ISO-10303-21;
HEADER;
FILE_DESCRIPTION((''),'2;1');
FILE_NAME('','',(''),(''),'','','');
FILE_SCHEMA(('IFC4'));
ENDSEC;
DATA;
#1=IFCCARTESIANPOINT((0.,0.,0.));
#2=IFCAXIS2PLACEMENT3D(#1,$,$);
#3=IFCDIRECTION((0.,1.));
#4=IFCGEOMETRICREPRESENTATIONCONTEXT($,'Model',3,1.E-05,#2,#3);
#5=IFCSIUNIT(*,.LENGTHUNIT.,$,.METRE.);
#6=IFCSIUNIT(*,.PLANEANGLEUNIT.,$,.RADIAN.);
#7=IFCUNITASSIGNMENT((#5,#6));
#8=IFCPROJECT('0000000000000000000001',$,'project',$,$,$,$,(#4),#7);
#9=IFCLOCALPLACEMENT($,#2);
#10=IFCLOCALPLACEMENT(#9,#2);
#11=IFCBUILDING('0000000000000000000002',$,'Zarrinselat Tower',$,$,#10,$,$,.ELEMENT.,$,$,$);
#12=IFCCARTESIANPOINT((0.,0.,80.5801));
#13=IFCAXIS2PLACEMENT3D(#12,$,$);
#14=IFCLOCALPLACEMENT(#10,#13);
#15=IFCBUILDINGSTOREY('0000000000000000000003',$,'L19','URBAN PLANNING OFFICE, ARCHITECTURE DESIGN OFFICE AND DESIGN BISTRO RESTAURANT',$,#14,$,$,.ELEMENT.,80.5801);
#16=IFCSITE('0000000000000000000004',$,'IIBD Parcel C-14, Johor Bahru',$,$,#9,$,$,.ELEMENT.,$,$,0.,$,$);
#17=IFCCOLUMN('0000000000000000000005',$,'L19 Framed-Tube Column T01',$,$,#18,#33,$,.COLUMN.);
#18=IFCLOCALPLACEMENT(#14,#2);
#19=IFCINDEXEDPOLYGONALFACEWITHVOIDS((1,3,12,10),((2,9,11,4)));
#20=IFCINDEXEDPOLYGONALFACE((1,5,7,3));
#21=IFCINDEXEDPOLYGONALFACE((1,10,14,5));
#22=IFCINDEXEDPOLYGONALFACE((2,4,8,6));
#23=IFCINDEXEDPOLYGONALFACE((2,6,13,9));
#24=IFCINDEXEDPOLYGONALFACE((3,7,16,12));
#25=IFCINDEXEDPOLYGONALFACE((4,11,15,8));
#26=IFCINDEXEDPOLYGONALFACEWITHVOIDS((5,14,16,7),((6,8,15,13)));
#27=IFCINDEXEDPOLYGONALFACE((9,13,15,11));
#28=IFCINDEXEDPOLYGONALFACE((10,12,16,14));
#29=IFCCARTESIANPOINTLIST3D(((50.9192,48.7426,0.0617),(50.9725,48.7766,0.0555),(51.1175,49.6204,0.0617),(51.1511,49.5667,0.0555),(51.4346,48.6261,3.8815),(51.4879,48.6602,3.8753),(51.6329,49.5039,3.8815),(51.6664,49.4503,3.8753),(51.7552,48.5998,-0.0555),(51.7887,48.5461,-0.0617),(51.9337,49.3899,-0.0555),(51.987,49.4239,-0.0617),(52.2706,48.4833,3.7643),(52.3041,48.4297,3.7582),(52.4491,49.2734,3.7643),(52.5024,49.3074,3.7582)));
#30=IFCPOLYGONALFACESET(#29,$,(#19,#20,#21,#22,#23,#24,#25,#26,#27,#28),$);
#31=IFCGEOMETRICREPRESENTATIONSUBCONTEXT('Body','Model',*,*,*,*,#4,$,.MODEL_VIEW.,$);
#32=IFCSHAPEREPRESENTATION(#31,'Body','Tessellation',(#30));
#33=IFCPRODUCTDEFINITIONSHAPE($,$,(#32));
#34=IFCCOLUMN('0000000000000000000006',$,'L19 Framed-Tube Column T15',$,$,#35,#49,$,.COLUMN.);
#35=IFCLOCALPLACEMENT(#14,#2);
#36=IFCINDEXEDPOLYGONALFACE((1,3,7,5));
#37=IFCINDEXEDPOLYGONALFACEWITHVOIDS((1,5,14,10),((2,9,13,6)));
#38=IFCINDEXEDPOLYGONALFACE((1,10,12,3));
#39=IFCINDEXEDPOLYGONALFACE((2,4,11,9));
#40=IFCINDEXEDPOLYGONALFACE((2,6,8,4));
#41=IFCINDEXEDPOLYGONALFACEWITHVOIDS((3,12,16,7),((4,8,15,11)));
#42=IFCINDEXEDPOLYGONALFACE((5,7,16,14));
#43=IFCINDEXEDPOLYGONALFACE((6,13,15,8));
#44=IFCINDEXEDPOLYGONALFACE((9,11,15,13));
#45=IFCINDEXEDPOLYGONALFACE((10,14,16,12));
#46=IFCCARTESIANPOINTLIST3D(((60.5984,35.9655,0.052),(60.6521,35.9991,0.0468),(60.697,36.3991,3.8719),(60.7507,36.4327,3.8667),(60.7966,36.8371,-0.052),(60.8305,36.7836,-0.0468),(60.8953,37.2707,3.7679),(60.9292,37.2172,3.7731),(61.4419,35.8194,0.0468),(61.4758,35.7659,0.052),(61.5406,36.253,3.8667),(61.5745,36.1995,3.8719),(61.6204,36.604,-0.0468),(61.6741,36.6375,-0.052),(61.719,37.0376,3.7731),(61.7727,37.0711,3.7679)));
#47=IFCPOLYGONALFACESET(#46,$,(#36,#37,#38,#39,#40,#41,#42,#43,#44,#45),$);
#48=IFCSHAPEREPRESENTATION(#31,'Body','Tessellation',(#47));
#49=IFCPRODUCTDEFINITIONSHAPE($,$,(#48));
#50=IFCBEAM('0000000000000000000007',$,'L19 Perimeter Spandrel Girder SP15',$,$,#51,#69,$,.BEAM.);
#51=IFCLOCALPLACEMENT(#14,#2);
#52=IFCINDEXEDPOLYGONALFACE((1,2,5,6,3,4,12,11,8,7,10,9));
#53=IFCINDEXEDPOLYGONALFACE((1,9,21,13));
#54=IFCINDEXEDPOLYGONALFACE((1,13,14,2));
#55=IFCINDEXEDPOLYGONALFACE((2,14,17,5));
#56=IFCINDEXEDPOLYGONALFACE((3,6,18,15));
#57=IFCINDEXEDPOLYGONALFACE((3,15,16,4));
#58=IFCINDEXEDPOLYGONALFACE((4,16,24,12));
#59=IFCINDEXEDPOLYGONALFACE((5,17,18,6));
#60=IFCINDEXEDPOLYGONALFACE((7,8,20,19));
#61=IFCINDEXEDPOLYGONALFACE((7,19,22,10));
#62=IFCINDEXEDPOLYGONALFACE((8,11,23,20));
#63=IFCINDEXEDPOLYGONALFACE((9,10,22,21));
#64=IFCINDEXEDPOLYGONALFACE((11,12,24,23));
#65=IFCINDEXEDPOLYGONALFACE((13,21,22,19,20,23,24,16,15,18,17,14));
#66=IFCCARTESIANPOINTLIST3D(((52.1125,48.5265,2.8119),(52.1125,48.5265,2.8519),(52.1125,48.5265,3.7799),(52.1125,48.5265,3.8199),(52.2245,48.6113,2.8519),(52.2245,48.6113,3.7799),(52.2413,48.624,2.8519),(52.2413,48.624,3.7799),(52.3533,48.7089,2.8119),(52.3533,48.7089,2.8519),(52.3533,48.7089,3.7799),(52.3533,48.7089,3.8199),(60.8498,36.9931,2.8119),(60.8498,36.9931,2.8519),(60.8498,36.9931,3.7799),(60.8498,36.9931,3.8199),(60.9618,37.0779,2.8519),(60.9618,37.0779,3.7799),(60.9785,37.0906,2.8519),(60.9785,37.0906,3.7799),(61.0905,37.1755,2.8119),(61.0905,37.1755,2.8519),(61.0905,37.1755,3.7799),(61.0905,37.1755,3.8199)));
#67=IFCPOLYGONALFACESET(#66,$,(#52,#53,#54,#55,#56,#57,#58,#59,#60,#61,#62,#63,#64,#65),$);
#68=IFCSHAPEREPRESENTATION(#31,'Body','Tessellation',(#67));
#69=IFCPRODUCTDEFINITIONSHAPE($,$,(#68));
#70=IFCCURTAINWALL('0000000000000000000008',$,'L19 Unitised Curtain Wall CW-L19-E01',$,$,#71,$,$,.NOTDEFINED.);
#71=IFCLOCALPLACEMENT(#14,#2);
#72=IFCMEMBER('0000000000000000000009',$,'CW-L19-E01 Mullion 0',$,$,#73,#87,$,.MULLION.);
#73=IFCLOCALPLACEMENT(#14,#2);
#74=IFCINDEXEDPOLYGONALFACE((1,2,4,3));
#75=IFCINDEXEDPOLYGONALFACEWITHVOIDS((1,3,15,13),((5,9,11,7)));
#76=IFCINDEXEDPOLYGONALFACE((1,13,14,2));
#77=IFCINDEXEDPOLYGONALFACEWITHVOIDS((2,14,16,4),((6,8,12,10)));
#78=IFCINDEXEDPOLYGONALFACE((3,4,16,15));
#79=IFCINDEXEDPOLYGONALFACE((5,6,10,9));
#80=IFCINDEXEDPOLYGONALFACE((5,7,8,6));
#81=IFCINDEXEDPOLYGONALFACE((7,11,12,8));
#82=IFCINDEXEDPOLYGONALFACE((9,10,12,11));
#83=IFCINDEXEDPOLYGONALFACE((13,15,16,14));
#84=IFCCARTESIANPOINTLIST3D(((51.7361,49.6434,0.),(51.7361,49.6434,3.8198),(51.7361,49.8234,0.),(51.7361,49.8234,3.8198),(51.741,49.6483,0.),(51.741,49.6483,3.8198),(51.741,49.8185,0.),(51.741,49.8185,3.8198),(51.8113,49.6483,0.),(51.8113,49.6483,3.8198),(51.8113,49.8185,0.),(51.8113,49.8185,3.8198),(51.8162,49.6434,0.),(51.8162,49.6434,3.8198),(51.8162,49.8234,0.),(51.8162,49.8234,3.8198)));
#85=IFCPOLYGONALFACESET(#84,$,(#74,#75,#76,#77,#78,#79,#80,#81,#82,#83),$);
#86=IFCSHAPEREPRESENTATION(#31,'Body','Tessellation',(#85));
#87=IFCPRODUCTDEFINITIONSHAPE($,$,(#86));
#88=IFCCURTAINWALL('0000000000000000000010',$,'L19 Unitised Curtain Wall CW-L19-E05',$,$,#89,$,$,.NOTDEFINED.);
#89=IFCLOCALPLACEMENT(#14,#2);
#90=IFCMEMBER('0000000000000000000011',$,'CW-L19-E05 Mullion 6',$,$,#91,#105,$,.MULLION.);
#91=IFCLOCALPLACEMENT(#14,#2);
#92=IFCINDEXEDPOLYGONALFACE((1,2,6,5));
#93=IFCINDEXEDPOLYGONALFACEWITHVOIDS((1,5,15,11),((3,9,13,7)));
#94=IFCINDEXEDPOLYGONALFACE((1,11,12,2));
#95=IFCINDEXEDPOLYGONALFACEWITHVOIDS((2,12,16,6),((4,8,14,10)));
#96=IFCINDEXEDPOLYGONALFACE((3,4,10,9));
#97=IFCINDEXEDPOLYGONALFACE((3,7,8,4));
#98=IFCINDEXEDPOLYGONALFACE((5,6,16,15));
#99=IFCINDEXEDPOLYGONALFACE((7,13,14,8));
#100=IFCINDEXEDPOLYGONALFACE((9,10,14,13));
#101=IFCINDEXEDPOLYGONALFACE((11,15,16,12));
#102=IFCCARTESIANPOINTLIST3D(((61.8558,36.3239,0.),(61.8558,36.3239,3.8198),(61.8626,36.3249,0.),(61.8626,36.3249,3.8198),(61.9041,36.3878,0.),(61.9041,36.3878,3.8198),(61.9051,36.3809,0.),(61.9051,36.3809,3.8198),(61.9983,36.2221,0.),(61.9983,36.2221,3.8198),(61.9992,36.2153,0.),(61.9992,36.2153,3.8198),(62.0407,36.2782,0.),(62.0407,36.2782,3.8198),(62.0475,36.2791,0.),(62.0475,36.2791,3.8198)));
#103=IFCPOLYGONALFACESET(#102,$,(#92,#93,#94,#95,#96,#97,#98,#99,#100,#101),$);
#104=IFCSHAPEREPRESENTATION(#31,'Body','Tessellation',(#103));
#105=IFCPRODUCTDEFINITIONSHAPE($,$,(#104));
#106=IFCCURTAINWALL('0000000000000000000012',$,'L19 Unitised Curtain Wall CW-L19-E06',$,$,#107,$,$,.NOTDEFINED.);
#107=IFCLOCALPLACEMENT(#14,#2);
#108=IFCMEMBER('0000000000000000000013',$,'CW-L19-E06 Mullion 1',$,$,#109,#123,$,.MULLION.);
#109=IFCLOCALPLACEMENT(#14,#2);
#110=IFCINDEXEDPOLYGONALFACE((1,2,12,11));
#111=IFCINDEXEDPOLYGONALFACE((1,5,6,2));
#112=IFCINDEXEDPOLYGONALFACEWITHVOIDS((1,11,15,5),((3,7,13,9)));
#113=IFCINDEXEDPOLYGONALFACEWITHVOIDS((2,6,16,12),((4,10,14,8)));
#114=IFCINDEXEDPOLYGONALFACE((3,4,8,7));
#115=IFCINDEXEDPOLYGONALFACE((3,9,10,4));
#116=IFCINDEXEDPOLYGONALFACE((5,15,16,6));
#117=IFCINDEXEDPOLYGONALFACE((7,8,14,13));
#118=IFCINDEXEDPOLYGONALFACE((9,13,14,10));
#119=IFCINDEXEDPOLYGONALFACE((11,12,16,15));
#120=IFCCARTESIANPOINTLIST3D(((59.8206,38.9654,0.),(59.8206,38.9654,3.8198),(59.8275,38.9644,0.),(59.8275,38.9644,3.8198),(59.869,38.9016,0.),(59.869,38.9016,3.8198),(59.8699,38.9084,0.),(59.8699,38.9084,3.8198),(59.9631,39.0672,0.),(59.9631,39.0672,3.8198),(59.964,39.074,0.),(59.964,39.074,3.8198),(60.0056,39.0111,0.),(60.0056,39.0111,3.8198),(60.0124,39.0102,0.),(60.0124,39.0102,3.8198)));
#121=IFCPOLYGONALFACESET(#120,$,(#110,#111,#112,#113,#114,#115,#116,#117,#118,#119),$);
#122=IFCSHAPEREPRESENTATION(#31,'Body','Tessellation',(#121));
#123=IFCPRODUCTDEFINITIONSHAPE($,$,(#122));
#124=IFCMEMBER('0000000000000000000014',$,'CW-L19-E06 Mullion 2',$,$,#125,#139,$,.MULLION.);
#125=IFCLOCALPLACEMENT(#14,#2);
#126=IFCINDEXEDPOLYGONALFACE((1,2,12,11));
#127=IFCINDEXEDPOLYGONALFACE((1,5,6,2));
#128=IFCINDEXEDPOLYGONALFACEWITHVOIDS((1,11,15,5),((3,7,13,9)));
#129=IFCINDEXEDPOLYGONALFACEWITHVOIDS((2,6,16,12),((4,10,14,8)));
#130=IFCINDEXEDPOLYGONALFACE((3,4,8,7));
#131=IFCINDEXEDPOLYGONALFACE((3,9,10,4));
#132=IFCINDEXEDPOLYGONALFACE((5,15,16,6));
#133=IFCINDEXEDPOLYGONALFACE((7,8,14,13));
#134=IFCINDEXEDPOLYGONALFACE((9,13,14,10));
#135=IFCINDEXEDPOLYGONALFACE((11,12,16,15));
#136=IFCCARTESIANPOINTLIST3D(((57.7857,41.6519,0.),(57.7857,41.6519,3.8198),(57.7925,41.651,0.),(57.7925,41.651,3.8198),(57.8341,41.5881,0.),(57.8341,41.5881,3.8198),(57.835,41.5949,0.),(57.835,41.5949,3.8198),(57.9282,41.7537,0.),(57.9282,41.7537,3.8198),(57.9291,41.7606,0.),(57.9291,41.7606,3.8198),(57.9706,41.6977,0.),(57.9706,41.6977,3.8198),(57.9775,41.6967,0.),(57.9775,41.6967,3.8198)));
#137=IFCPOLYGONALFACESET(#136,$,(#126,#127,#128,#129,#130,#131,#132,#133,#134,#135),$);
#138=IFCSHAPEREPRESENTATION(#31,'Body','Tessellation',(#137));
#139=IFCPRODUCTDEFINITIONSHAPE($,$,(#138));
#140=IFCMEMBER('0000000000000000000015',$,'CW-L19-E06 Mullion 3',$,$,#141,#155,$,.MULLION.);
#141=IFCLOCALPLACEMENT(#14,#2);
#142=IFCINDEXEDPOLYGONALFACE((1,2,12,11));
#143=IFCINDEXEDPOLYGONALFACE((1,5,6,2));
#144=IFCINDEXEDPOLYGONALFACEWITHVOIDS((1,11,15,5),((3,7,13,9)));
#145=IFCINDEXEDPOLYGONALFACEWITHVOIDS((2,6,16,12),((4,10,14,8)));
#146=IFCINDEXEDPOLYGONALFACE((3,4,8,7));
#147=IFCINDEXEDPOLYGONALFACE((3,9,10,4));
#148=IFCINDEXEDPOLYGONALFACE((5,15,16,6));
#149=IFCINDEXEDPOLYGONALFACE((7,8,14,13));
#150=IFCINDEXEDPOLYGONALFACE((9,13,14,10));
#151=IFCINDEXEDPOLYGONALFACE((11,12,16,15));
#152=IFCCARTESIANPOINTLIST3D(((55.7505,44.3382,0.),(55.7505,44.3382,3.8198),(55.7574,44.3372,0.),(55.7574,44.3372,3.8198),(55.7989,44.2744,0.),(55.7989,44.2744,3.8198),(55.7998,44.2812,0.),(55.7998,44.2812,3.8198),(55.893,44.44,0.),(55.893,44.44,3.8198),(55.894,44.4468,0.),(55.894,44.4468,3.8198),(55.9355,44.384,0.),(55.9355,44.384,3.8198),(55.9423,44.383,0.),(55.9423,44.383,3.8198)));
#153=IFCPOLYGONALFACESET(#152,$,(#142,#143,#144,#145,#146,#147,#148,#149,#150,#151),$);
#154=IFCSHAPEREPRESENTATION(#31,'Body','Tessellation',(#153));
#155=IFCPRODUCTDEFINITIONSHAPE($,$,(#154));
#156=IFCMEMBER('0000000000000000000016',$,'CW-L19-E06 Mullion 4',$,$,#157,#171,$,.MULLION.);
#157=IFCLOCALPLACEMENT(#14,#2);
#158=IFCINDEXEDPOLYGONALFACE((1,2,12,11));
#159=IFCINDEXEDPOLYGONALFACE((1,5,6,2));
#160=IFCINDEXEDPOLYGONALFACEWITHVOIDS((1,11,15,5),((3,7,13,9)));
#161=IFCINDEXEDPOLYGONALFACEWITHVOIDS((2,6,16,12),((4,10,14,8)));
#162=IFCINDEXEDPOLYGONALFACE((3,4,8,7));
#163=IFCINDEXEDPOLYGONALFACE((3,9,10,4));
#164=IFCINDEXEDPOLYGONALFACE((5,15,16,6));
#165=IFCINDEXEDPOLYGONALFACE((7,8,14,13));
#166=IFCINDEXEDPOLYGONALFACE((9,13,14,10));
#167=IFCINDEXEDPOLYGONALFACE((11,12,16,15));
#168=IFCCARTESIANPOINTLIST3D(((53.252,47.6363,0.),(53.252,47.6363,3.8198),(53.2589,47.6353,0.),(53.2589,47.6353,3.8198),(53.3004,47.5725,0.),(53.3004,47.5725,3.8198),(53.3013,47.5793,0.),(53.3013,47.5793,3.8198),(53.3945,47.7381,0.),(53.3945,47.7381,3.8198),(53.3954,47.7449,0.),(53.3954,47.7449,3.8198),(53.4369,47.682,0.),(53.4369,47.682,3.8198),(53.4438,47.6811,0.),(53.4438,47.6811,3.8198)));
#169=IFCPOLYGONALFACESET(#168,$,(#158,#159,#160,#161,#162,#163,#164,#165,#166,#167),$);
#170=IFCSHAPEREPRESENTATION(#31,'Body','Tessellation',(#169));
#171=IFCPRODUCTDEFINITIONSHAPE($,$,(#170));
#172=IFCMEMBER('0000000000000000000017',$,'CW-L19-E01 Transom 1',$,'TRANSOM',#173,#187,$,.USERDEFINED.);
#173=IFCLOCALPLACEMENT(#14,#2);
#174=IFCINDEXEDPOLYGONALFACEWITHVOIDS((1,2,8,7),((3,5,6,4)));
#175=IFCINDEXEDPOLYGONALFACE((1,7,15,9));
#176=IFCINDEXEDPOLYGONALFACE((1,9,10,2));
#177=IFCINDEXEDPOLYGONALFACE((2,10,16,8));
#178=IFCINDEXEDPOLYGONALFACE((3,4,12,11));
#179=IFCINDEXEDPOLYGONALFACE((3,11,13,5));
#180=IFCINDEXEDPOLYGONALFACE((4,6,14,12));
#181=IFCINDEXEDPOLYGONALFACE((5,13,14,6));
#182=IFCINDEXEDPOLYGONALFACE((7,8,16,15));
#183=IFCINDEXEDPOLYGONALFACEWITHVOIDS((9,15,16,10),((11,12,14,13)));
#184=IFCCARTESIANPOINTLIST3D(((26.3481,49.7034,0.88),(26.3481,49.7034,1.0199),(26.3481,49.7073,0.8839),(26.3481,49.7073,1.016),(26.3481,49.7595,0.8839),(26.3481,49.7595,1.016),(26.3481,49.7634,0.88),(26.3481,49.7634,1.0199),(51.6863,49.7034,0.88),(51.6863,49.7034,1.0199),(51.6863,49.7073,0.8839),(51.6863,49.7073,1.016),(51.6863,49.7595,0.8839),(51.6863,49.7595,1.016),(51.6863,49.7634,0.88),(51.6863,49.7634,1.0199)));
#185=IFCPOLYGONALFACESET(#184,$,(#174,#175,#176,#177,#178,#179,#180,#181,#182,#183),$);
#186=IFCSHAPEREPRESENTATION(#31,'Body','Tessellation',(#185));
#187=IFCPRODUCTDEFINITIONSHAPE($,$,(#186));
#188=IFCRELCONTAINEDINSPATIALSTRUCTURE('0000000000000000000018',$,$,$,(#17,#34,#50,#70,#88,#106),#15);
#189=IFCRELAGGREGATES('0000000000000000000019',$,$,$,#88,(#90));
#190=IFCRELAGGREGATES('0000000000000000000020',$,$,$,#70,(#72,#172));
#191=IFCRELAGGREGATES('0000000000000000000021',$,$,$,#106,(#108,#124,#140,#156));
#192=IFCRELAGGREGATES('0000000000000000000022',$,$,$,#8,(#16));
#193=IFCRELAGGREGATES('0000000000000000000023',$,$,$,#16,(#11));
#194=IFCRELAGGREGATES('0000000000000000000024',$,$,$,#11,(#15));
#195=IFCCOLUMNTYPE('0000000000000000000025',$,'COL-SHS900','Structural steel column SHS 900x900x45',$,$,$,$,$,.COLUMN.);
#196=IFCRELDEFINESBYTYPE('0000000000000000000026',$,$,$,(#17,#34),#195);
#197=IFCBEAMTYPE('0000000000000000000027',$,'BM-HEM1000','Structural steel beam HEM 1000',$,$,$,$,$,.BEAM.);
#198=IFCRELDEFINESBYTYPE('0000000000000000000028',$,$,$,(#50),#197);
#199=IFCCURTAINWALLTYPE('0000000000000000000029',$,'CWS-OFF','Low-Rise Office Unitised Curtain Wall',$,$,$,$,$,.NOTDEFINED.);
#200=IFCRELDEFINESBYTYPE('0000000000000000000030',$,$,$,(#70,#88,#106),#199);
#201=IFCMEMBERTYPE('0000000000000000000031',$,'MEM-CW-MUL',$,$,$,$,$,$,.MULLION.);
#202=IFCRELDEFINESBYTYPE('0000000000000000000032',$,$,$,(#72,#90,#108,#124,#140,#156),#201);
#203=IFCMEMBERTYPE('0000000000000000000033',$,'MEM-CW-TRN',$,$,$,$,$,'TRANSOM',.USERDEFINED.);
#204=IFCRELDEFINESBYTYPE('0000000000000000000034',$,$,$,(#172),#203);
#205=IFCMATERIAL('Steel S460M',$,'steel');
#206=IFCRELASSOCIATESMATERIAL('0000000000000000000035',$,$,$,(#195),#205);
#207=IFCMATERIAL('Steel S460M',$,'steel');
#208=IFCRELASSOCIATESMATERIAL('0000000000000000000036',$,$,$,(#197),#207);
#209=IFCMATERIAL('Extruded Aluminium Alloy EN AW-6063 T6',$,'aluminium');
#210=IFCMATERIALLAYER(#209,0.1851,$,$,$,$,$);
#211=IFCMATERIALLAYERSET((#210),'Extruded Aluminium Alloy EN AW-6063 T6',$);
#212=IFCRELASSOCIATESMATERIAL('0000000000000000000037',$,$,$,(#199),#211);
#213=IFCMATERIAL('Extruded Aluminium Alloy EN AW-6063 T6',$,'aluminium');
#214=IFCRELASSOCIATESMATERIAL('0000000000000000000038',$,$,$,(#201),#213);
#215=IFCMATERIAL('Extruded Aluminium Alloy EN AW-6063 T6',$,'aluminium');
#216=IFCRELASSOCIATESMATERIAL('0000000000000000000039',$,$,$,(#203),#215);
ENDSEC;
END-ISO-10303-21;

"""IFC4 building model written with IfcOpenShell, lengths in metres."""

from ifc_helpers import new_model, si_unit, direction, frame, origin, origin_2d, place, context, subcontext, project, spatial, hollow_rectangle, i_section, extrude, material, layer, layer_set, material_profile, profile_set, type_object, element, aggregate, save


model = new_model("IFC4")

# Units and contexts
model_context = context("Model", 3, precision=1e-05, world=origin(), true_north=direction((0.0, 1.0)))
body_context = subcontext(model_context, "Body", "Model", "MODEL_VIEW")
ifc_project = project(units=[si_unit("LENGTHUNIT", "METRE"), si_unit("PLANEANGLEUNIT", "RADIAN")], contexts=[model_context])

# Site, building, storey
site_placement = place(None, origin())
site = spatial("IfcSite", under=ifc_project, at=site_placement, Name="IIBD Parcel C-14, Johor Bahru", CompositionType="ELEMENT", RefElevation=0.0)
building_placement = place(site_placement, origin())
building = spatial("IfcBuilding", under=site, at=building_placement, Name="Zarrinselat Tower", CompositionType="ELEMENT")
storey_placement = place(building_placement, frame((0.0, 0.0, 80.5801)))
storey = spatial("IfcBuildingStorey", under=building, at=storey_placement, Name="L19", Description="URBAN PLANNING OFFICE, ARCHITECTURE DESIGN OFFICE AND DESIGN BISTRO RESTAURANT", CompositionType="ELEMENT", Elevation=80.5801)

# Columns
ifc_material_1 = material(Name="Steel S460M", Category="steel")
ifc_material_profile_1 = material_profile(ifc_material_1, hollow_rectangle(XDim=0.8999, YDim=0.8999, WallThickness=0.0449, at=origin_2d()), Name="SHS 900x900x45")
ifc_profile_set_1 = profile_set([ifc_material_profile_1], Name="Steel S460M")
column_type = type_object("IfcColumnType", Name="COL-SHS900", Description="Structural steel column SHS 900x900x45", PredefinedType="COLUMN", material=ifc_profile_set_1)
column_1_placement = place(storey_placement, frame((51.4531, 49.0833, 0.0), z_axis=(0.13365, -0.030199, 0.990568), x_axis=(0.220403, 0.975409, 0.0)))
element("IfcColumn", 1, at=column_1_placement, inside=storey, type_object=column_type, Name="L19 Framed-Tube Column T01", PredefinedType="COLUMN", context=body_context, shape_type="SweptSolid", body=[
    extrude(hollow_rectangle(XDim=0.8999, YDim=0.8999, WallThickness=0.0449, at=origin_2d()), origin(), (0.0, 0.0, 1.0), 3.8562),
])
column_2_placement = place(storey_placement, frame((61.1362, 36.3015, 0.0), z_axis=(0.025648, 0.11275, 0.993292), x_axis=(-0.97509, 0.221811, 0.0)))
element("IfcColumn", 2, at=column_2_placement, inside=storey, type_object=column_type, Name="L19 Framed-Tube Column T15", PredefinedType="COLUMN", context=body_context, shape_type="SweptSolid", body=[
    extrude(hollow_rectangle(XDim=0.8999, YDim=0.8999, WallThickness=0.0449, at=origin_2d()), origin(), (0.0, 0.0, 1.0), 3.8457),
])

# Beam
ifc_material_2 = material(Name="Steel S460M", Category="steel")
ifc_material_profile_2 = material_profile(ifc_material_2, i_section(OverallWidth=0.302, OverallDepth=1.0081, WebThickness=0.021, FlangeThickness=0.04, at=origin_2d()), Name="HEM 1000")
ifc_profile_set_2 = profile_set([ifc_material_profile_2], Name="Steel S460M")
beam_type = type_object("IfcBeamType", Name="BM-HEM1000", Description="Structural steel beam HEM 1000", PredefinedType="BEAM", material=ifc_profile_set_2)
beam_placement = place(storey_placement, frame((52.2329, 48.6177, 3.3159), z_axis=(0.603851, -0.797097, 0.0), x_axis=(0.797097, 0.603851, 0.0)))
element("IfcBeam", 3, at=beam_placement, inside=storey, type_object=beam_type, Name="L19 Perimeter Spandrel Girder SP15", PredefinedType="BEAM", context=body_context, shape_type="SweptSolid", body=[
    extrude(i_section(OverallWidth=0.302, OverallDepth=1.0081, WebThickness=0.021, FlangeThickness=0.04, at=origin_2d()), origin(), (0.0, 0.0, 1.0), 14.4692),
])

# Curtain walls, members
ifc_material_3 = material(Name="Extruded Aluminium Alloy EN AW-6063 T6", Category="aluminium")
ifc_layer_1 = layer(ifc_material_3, 0.1851)
ifc_layer_set_1 = layer_set([ifc_layer_1], Name="Extruded Aluminium Alloy EN AW-6063 T6")
curtain_wall_type = type_object("IfcCurtainWallType", Name="CWS-OFF", Description="Low-Rise Office Unitised Curtain Wall", PredefinedType="NOTDEFINED", material=ifc_layer_set_1)
curtain_wall_1_placement = place(storey_placement, origin())
curtain_wall_1 = element("IfcCurtainWall", 4, at=curtain_wall_1_placement, inside=storey, type_object=curtain_wall_type, Name="L19 Unitised Curtain Wall CW-L19-E01", PredefinedType="NOTDEFINED")
ifc_material_4 = material(Name="Extruded Aluminium Alloy EN AW-6063 T6", Category="aluminium")
ifc_material_profile_3 = material_profile(ifc_material_4, hollow_rectangle(XDim=0.0801, YDim=0.1799, WallThickness=0.0049, at=origin_2d()), Name="RHS 180x80x5")
ifc_profile_set_3 = profile_set([ifc_material_profile_3], Name="Extruded Aluminium Alloy EN AW-6063 T6")
member_type_1 = type_object("IfcMemberType", Name="MEM-CW-MUL", PredefinedType="MULLION", material=ifc_profile_set_3)
member_1_placement = place(storey_placement, frame((51.7761, 49.7334, 0.0), z_axis=(0.0, 0.0, 1.0), x_axis=(-1.0, 0.0, 0.0)))
member_1 = element("IfcMember", 5, at=member_1_placement, type_object=member_type_1, Name="CW-L19-E01 Mullion 0", PredefinedType="MULLION", context=body_context, shape_type="SweptSolid", body=[
    extrude(hollow_rectangle(XDim=0.0801, YDim=0.1799, WallThickness=0.0049, at=origin_2d()), origin(), (0.0, 0.0, 1.0), 3.8198),
])
curtain_wall_2_placement = place(storey_placement, origin())
curtain_wall_2 = element("IfcCurtainWall", 6, at=curtain_wall_2_placement, inside=storey, type_object=curtain_wall_type, Name="L19 Unitised Curtain Wall CW-L19-E05", PredefinedType="NOTDEFINED")
member_2_placement = place(storey_placement, frame((61.9517, 36.3015, 0.0), z_axis=(0.0, 0.0, 1.0), x_axis=(0.603855, 0.797094, 0.0)))
member_2 = element("IfcMember", 7, at=member_2_placement, type_object=member_type_1, Name="CW-L19-E05 Mullion 6", PredefinedType="MULLION", context=body_context, shape_type="SweptSolid", body=[
    extrude(hollow_rectangle(XDim=0.0801, YDim=0.1799, WallThickness=0.0049, at=origin_2d()), origin(), (0.0, 0.0, 1.0), 3.8198),
])
aggregate(curtain_wall_2, [member_2])

# Curtain wall, members
curtain_wall_3_placement = place(storey_placement, origin())
curtain_wall_3 = element("IfcCurtainWall", 8, at=curtain_wall_3_placement, inside=storey, type_object=curtain_wall_type, Name="L19 Unitised Curtain Wall CW-L19-E06", PredefinedType="NOTDEFINED")
member_3_placement = place(storey_placement, frame((59.9165, 38.9878, 0.0), z_axis=(0.0, 0.0, 1.0), x_axis=(-0.603857, 0.797093, 0.0)))
member_3 = element("IfcMember", 9, at=member_3_placement, type_object=member_type_1, Name="CW-L19-E06 Mullion 1", PredefinedType="MULLION", context=body_context, shape_type="SweptSolid", body=[
    extrude(hollow_rectangle(XDim=0.0801, YDim=0.1799, WallThickness=0.0049, at=origin_2d()), origin(), (0.0, 0.0, 1.0), 3.8198),
])
member_4_placement = place(storey_placement, frame((57.8816, 41.6743, 0.0), z_axis=(0.0, 0.0, 1.0), x_axis=(-0.603857, 0.797093, 0.0)))
member_4 = element("IfcMember", 10, at=member_4_placement, type_object=member_type_1, Name="CW-L19-E06 Mullion 2", PredefinedType="MULLION", context=body_context, shape_type="SweptSolid", body=[
    extrude(hollow_rectangle(XDim=0.0801, YDim=0.1799, WallThickness=0.0049, at=origin_2d()), origin(), (0.0, 0.0, 1.0), 3.8198),
])
member_5_placement = place(storey_placement, frame((55.8464, 44.3606, 0.0), z_axis=(0.0, 0.0, 1.0), x_axis=(-0.603857, 0.797093, 0.0)))
member_5 = element("IfcMember", 11, at=member_5_placement, type_object=member_type_1, Name="CW-L19-E06 Mullion 3", PredefinedType="MULLION", context=body_context, shape_type="SweptSolid", body=[
    extrude(hollow_rectangle(XDim=0.0801, YDim=0.1799, WallThickness=0.0049, at=origin_2d()), origin(), (0.0, 0.0, 1.0), 3.8198),
])
member_6_placement = place(storey_placement, frame((53.3479, 47.6587, 0.0), z_axis=(0.0, 0.0, 1.0), x_axis=(-0.603857, 0.797093, 0.0)))
member_6 = element("IfcMember", 12, at=member_6_placement, type_object=member_type_1, Name="CW-L19-E06 Mullion 4", PredefinedType="MULLION", context=body_context, shape_type="SweptSolid", body=[
    extrude(hollow_rectangle(XDim=0.0801, YDim=0.1799, WallThickness=0.0049, at=origin_2d()), origin(), (0.0, 0.0, 1.0), 3.8198),
])

# Member
ifc_material_5 = material(Name="Extruded Aluminium Alloy EN AW-6063 T6", Category="aluminium")
ifc_material_profile_4 = material_profile(ifc_material_5, hollow_rectangle(XDim=0.0601, YDim=0.1399, WallThickness=0.0039, at=origin_2d()), Name="RHS 140x60x4")
ifc_profile_set_4 = profile_set([ifc_material_profile_4], Name="Extruded Aluminium Alloy EN AW-6063 T6")
member_type_2 = type_object("IfcMemberType", Name="MEM-CW-TRN", ElementType="TRANSOM", PredefinedType="USERDEFINED", material=ifc_profile_set_4)
member_7_placement = place(storey_placement, frame((51.6863, 49.7334, 0.95), z_axis=(-1.0, 0.0, 0.0), x_axis=(0.0, -1.0, 0.0)))
member_7 = element("IfcMember", 13, at=member_7_placement, type_object=member_type_2, Name="CW-L19-E01 Transom 1", ObjectType="TRANSOM", PredefinedType="USERDEFINED", context=body_context, shape_type="SweptSolid", body=[
    extrude(hollow_rectangle(XDim=0.0601, YDim=0.1399, WallThickness=0.0039, at=origin_2d()), origin(), (0.0, 0.0, 1.0), 25.3381),
])
aggregate(curtain_wall_1, [member_1, member_7])

aggregate(curtain_wall_3, [member_3, member_4, member_5, member_6])

save(model, "model.ifc")
